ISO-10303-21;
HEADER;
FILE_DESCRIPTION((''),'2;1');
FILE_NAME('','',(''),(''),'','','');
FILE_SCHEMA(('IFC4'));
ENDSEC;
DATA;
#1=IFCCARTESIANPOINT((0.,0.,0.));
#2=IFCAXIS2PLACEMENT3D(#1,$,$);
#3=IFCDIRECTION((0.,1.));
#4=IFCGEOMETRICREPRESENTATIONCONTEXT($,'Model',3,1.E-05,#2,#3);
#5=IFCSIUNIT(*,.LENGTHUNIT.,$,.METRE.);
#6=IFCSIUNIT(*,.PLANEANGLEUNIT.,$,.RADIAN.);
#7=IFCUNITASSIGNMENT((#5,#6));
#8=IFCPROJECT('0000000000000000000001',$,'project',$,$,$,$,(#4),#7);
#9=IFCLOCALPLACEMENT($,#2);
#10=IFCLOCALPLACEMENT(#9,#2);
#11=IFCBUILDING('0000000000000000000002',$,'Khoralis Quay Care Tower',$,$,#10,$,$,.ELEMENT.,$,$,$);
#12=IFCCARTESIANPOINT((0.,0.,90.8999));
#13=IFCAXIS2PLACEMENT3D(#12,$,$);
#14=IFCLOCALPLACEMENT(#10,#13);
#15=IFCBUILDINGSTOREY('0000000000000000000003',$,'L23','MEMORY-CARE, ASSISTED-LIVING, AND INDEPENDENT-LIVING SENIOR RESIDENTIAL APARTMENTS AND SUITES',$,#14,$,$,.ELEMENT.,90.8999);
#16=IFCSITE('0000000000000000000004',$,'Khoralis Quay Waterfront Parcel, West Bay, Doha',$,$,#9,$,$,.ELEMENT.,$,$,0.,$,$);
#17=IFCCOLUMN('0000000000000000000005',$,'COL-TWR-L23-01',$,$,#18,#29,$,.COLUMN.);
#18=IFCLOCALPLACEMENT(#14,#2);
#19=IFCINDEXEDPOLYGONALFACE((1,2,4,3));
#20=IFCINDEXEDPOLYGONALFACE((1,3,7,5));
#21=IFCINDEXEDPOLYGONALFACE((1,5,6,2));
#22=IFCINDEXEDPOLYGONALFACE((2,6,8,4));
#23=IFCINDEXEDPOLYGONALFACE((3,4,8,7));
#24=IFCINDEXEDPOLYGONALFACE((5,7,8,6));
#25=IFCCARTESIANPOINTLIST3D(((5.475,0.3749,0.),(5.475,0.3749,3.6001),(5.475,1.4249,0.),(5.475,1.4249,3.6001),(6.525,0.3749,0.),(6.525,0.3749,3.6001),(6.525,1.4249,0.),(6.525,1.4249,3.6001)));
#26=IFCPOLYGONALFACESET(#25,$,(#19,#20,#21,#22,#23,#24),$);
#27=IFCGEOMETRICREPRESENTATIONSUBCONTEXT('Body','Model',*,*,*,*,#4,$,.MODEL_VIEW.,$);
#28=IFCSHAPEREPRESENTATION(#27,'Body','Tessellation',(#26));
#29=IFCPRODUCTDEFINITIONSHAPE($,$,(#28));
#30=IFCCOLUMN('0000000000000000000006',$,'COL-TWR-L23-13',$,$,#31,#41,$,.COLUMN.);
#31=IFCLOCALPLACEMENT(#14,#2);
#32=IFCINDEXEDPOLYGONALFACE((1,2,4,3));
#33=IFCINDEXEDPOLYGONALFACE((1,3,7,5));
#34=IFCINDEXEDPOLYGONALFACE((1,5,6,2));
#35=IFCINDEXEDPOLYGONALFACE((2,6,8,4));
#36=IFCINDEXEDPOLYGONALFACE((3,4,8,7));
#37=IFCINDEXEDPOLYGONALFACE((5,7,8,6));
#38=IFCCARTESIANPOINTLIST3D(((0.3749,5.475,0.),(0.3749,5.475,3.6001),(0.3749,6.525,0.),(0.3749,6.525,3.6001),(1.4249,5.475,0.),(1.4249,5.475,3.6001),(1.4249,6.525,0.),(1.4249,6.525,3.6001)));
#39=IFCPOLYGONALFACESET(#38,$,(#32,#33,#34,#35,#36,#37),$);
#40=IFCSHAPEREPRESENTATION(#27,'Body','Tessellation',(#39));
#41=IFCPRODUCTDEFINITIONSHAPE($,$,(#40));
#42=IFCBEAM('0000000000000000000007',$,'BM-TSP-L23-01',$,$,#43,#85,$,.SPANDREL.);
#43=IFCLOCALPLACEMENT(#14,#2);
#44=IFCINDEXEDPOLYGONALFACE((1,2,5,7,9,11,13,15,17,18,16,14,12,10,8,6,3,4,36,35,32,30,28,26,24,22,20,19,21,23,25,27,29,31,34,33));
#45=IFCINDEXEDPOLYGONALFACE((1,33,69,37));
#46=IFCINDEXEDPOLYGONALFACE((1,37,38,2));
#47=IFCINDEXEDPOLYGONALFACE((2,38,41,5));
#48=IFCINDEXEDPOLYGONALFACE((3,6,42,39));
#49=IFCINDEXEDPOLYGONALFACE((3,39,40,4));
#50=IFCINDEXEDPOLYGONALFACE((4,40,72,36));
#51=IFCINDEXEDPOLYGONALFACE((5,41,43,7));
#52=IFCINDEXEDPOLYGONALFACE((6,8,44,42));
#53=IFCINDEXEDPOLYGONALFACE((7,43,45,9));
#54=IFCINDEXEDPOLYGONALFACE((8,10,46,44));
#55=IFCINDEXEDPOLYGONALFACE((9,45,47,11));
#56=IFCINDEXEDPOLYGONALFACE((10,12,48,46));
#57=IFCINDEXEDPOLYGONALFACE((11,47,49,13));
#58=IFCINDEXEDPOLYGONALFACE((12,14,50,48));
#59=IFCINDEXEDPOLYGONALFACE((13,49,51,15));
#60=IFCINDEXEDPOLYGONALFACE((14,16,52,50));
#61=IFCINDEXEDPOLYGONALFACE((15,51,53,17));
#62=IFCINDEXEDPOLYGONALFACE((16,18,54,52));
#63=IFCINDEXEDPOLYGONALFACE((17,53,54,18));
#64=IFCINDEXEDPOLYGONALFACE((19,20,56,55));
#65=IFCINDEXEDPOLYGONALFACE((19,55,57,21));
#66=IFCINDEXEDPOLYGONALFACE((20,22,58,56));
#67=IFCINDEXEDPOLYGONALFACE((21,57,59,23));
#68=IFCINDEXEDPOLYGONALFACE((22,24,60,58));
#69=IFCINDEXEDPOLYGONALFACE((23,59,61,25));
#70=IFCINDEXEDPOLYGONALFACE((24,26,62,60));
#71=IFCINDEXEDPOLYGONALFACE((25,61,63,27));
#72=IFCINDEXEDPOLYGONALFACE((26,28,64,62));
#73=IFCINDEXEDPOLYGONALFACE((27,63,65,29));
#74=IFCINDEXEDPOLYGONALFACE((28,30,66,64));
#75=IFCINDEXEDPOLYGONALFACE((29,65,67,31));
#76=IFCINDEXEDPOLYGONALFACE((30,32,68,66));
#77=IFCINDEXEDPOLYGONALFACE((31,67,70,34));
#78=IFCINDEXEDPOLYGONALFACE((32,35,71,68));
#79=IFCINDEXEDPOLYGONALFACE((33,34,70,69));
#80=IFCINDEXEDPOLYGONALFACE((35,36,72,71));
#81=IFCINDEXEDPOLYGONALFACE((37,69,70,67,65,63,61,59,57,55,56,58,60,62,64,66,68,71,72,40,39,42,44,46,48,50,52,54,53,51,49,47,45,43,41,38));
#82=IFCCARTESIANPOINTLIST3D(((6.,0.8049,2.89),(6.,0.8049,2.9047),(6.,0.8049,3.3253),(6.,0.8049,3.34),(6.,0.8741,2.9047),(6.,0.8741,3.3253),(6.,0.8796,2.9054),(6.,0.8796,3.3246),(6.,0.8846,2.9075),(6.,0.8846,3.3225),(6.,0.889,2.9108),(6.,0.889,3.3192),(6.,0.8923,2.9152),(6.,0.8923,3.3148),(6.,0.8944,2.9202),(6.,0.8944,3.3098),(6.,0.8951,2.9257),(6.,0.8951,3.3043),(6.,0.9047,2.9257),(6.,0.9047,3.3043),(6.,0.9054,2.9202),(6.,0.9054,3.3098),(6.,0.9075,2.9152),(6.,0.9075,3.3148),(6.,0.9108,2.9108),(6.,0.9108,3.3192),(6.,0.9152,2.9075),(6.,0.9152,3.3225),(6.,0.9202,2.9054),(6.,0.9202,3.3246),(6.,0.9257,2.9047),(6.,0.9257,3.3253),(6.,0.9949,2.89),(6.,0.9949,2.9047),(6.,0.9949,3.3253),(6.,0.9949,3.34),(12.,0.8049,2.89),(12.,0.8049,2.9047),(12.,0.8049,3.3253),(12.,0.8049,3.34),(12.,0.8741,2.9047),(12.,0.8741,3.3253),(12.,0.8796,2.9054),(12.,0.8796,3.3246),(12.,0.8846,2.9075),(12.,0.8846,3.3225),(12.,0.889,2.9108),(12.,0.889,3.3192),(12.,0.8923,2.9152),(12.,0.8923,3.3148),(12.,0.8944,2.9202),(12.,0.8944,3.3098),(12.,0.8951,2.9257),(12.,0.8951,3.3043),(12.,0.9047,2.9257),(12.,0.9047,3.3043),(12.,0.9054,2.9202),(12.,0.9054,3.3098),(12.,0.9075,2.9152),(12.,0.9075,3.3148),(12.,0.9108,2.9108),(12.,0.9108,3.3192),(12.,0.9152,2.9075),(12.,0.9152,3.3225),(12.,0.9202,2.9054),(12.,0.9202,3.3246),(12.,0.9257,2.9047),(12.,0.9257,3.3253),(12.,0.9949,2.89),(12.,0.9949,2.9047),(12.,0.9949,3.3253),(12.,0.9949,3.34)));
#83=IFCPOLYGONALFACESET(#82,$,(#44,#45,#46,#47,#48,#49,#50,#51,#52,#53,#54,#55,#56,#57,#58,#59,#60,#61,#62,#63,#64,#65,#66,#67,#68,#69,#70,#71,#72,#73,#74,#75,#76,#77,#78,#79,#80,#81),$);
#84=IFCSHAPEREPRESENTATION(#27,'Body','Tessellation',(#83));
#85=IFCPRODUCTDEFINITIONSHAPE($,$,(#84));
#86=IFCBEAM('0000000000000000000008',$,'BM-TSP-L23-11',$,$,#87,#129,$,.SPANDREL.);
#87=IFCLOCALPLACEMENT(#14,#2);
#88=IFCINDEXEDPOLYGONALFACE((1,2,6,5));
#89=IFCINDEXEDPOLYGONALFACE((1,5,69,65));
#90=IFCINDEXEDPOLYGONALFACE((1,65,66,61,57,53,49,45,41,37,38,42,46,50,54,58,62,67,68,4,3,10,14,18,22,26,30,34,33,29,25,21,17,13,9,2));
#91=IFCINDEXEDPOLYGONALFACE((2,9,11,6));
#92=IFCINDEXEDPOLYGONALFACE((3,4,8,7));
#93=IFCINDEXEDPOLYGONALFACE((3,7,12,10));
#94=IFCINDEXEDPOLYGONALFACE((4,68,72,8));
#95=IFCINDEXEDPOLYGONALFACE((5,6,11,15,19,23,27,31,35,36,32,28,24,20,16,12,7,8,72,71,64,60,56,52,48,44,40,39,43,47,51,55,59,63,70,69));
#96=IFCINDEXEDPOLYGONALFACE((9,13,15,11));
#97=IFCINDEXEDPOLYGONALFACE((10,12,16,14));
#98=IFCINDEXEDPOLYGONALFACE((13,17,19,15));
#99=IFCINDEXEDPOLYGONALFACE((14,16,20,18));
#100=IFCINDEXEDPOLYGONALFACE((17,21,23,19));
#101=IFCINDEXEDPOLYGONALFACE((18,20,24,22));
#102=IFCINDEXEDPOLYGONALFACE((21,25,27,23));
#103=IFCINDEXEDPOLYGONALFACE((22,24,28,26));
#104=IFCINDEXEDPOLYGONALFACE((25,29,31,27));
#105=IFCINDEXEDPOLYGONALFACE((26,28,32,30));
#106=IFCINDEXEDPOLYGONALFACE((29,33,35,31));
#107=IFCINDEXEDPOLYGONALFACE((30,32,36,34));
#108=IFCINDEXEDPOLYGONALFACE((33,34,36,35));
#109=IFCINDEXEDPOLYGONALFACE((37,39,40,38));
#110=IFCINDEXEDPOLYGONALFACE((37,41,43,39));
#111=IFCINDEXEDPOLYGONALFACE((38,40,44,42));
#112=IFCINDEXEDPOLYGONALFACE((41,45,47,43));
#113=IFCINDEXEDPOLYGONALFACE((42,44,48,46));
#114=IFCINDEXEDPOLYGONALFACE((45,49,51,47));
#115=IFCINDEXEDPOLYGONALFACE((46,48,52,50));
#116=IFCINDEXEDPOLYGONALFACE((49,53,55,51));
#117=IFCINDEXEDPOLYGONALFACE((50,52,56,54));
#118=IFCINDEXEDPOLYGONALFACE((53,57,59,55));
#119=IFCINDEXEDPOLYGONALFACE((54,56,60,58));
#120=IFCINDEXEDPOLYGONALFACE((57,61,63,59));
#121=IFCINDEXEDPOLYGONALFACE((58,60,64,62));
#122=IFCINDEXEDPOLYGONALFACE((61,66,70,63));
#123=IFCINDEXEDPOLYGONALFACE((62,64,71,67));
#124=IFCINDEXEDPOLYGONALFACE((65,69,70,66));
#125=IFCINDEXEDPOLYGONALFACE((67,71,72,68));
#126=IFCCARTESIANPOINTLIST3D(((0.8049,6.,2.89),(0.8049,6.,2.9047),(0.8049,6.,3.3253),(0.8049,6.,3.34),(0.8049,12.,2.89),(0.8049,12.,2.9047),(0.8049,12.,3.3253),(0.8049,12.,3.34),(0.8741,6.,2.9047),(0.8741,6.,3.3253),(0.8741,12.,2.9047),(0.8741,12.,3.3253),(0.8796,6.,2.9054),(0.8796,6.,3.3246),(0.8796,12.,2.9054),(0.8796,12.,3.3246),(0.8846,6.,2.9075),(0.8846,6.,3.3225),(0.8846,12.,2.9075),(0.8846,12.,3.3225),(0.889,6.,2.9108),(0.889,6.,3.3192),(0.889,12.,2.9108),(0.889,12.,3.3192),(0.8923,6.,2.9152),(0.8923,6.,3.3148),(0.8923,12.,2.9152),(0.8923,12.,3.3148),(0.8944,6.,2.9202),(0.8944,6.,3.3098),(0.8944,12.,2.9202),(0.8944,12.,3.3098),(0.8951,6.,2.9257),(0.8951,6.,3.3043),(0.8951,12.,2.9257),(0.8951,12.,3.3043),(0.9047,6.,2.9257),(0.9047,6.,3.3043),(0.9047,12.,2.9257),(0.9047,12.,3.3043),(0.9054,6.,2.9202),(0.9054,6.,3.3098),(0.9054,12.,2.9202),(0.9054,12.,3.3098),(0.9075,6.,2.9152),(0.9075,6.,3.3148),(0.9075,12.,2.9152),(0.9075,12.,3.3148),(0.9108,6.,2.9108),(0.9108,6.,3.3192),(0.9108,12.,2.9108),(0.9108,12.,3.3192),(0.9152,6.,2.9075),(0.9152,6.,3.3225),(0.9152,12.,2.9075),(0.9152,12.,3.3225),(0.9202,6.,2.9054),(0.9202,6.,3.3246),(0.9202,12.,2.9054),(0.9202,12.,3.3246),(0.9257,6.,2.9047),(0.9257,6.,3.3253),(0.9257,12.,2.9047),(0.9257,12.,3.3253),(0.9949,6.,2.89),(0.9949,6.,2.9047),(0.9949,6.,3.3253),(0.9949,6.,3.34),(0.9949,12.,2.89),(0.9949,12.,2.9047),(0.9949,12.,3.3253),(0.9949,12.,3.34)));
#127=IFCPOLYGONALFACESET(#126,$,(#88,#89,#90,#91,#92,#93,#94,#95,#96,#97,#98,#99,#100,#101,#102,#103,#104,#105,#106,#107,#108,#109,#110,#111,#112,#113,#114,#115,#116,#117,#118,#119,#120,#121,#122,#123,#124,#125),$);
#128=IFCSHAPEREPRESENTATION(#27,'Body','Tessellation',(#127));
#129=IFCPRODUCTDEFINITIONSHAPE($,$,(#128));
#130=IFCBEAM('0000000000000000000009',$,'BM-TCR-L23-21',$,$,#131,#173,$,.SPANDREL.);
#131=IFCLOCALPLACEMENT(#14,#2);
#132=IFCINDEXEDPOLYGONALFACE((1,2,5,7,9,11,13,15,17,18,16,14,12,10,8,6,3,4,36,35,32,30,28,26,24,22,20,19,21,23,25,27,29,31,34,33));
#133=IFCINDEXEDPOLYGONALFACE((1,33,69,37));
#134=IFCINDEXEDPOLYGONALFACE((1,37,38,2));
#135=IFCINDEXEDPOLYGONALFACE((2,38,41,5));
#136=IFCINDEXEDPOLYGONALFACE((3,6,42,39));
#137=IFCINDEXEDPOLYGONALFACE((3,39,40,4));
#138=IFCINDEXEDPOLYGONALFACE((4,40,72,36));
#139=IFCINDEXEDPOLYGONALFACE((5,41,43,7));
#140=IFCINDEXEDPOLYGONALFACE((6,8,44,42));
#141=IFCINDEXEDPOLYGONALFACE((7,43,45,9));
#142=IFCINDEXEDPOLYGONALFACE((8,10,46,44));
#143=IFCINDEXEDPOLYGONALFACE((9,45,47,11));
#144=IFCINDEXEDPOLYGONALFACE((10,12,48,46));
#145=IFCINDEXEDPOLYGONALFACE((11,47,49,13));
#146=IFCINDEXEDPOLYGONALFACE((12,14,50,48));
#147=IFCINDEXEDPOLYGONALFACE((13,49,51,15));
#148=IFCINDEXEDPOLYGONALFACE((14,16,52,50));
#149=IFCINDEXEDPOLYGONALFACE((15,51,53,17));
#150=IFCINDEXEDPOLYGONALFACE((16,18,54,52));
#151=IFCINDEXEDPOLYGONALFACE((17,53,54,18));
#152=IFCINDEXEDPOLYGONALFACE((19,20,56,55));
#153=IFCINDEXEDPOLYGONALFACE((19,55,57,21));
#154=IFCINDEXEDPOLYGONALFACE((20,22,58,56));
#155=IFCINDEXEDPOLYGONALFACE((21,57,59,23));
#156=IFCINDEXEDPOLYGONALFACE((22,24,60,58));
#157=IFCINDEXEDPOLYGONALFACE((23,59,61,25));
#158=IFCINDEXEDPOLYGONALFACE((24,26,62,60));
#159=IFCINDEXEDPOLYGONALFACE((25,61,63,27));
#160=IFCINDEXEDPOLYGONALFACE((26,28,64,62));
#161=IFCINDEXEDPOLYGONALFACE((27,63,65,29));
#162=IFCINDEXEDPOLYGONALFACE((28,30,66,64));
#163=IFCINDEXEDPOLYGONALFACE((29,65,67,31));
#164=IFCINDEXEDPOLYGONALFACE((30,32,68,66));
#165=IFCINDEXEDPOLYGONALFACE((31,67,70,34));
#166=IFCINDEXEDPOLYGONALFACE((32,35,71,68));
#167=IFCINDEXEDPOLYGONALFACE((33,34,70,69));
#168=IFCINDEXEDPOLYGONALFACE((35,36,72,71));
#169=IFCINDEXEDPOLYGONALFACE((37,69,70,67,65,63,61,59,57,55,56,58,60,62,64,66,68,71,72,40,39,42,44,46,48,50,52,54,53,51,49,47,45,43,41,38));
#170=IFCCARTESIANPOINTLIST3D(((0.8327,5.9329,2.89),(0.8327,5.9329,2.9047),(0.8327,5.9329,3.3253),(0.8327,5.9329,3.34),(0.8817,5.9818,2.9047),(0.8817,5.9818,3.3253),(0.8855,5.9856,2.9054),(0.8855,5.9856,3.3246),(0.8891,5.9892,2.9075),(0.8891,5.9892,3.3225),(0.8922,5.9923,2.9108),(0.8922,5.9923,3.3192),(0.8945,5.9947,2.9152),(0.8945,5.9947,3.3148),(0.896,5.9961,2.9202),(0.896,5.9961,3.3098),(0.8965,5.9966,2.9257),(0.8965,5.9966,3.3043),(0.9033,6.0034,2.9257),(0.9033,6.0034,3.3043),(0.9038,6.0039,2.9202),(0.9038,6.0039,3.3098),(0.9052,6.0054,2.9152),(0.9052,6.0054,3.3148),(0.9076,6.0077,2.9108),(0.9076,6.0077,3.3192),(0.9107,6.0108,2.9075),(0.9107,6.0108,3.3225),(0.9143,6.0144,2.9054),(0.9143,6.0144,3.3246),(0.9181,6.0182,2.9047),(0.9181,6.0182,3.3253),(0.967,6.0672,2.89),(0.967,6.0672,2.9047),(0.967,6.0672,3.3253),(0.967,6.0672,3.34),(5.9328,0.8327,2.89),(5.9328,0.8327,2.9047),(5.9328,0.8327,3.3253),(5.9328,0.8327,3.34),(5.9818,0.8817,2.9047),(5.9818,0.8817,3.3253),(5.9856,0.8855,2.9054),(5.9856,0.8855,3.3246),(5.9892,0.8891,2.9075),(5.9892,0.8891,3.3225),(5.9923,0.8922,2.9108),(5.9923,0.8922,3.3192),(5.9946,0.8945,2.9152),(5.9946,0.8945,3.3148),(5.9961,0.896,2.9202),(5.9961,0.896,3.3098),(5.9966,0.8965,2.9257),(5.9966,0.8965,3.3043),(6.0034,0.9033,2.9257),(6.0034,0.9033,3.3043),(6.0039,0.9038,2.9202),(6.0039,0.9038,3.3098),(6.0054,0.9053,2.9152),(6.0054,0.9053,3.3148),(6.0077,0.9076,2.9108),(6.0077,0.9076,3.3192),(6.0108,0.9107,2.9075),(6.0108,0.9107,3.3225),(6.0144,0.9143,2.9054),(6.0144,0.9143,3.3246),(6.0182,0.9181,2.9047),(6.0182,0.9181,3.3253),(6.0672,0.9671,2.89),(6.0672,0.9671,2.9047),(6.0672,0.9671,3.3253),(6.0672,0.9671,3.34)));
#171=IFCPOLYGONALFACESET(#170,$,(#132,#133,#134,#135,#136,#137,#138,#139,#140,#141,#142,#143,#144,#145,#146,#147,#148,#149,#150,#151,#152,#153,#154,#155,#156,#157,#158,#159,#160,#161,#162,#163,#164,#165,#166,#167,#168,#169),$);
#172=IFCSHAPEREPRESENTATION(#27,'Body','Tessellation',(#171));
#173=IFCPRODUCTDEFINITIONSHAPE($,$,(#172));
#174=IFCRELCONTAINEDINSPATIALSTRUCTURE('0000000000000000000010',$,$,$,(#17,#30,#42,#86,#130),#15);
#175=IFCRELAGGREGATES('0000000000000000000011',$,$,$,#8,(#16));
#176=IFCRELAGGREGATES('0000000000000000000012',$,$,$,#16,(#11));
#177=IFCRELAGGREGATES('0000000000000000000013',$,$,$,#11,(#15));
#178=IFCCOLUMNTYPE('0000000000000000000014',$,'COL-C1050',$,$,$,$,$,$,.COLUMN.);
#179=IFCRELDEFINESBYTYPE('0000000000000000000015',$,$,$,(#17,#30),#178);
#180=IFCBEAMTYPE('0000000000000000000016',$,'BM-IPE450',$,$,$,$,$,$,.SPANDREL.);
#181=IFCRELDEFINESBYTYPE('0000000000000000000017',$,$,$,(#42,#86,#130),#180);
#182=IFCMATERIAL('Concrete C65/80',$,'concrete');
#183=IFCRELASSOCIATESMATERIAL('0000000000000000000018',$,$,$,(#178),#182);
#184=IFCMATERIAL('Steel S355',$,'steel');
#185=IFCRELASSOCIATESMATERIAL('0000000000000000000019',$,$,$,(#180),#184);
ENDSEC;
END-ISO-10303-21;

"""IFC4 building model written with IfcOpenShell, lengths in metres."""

from ifc_helpers import new_model, si_unit, direction, frame, origin, origin_2d, place, context, subcontext, project, spatial, rectangle, i_section, extrude, source, transform, mapped, material, material_profile, profile_set, type_object, element, save


model = new_model("IFC4")

# Units and contexts
model_context = context("Model", 3, precision=1e-05, world=origin(), true_north=direction((0.0, 1.0)))
body_context = subcontext(model_context, "Body", "Model", "MODEL_VIEW")
ifc_project = project(units=[si_unit("LENGTHUNIT", "METRE"), si_unit("PLANEANGLEUNIT", "RADIAN")], contexts=[model_context])

# Site, building, storey
site_placement = place(None, origin())
site = spatial("IfcSite", under=ifc_project, at=site_placement, Name="Khoralis Quay Waterfront Parcel, West Bay, Doha", CompositionType="ELEMENT", RefElevation=0.0)
building_placement = place(site_placement, origin())
building = spatial("IfcBuilding", under=site, at=building_placement, Name="Khoralis Quay Care Tower", CompositionType="ELEMENT")
storey_placement = place(building_placement, frame((0.0, 0.0, 90.8999)))
storey = spatial("IfcBuildingStorey", under=building, at=storey_placement, Name="L23", Description="MEMORY-CARE, ASSISTED-LIVING, AND INDEPENDENT-LIVING SENIOR RESIDENTIAL APARTMENTS AND SUITES", CompositionType="ELEMENT", Elevation=90.8999)

# Columns
ifc_material_1 = material(Name="Concrete C65/80", Category="concrete")
ifc_material_profile_1 = material_profile(ifc_material_1, rectangle(XDim=1.05, YDim=1.05, at=origin_2d()), Name="Concrete C65/80")
ifc_profile_set_1 = profile_set([ifc_material_profile_1], Name="Concrete C65/80")
column_type = type_object("IfcColumnType", Name="COL-C1050", PredefinedType="COLUMN", material=ifc_profile_set_1)
shared_shape_1 = source(origin(), body_context, "Body", "SweptSolid", [
    extrude(rectangle(XDim=1.05, YDim=1.05, at=origin_2d()), origin(), (0.0, 0.0, 1.0), 3.6001),
])
for number, where, z_axis, x_axis, name in (
    (1, (6.0, 0.8999, 0.0), (0.0, 0.0, 1.0), (1.0, 0.0, 0.0), "COL-TWR-L23-01"),
    (2, (0.8999, 6.0, 0.0), (0.0, 0.0, 1.0), (1.0, 0.0, 0.0), "COL-TWR-L23-13"),
):
    element("IfcColumn", number, at=place(storey_placement, frame(where, z_axis=z_axis, x_axis=x_axis)), inside=storey, type_object=column_type, Name=name, PredefinedType="COLUMN", context=body_context, shape_type="MappedRepresentation", body=[
        mapped(shared_shape_1, transform((0.0, 0.0, 0.0), scale=1.0)),
    ])

# Beams
ifc_material_2 = material(Name="Steel S355", Category="steel")
ifc_material_profile_2 = material_profile(ifc_material_2, i_section(OverallWidth=0.1899, OverallDepth=0.45, WebThickness=0.0095, FlangeThickness=0.0146, FilletRadius=0.021, at=origin_2d()), Name="Steel S355")
ifc_profile_set_2 = profile_set([ifc_material_profile_2], Name="Steel S355")
beam_type_1 = type_object("IfcBeamType", Name="BM-IPE450", PredefinedType="SPANDREL", material=ifc_profile_set_2)
shared_shape_2 = source(origin(), body_context, "Body", "SweptSolid", [
    extrude(i_section(OverallWidth=0.1899, OverallDepth=0.45, WebThickness=0.0095, FlangeThickness=0.0146, FilletRadius=0.021, at=origin_2d()), origin(), (0.0, 0.0, 1.0), 6.0),
])
for number, where, z_axis, x_axis, name in (
    (3, (6.0, 0.8999, 3.115), (1.0, 0.0, 0.0), (0.0, 1.0, 0.0), "BM-TSP-L23-01"),
    (4, (0.8999, 6.0, 3.115), (0.0, 1.0, 0.0), (-1.0, 0.0, 0.0), "BM-TSP-L23-11"),
):
    element("IfcBeam", number, at=place(storey_placement, frame(where, z_axis=z_axis, x_axis=x_axis)), inside=storey, type_object=beam_type_1, Name=name, PredefinedType="SPANDREL", context=body_context, shape_type="MappedRepresentation", body=[
        mapped(shared_shape_2, transform((0.0, 0.0, 0.0), scale=1.0)),
    ])
shared_shape_3 = source(origin(), body_context, "Body", "SweptSolid", [
    extrude(i_section(OverallWidth=0.1899, OverallDepth=0.45, WebThickness=0.0095, FlangeThickness=0.0146, FilletRadius=0.021, at=origin_2d()), origin(), (0.0, 0.0, 1.0), 7.2126),
])
beam_1_placement = place(storey_placement, frame((6.0, 0.8999, 3.115), z_axis=(-0.707107, 0.707107, 0.0), x_axis=(-0.707107, -0.707107, 0.0)))
element("IfcBeam", 5, at=beam_1_placement, inside=storey, type_object=beam_type_1, Name="BM-TCR-L23-21", PredefinedType="SPANDREL", context=body_context, shape_type="MappedRepresentation", body=[
    mapped(shared_shape_3, transform((0.0, 0.0, 0.0), scale=1.0)),
])

save(model, "model.ifc")
